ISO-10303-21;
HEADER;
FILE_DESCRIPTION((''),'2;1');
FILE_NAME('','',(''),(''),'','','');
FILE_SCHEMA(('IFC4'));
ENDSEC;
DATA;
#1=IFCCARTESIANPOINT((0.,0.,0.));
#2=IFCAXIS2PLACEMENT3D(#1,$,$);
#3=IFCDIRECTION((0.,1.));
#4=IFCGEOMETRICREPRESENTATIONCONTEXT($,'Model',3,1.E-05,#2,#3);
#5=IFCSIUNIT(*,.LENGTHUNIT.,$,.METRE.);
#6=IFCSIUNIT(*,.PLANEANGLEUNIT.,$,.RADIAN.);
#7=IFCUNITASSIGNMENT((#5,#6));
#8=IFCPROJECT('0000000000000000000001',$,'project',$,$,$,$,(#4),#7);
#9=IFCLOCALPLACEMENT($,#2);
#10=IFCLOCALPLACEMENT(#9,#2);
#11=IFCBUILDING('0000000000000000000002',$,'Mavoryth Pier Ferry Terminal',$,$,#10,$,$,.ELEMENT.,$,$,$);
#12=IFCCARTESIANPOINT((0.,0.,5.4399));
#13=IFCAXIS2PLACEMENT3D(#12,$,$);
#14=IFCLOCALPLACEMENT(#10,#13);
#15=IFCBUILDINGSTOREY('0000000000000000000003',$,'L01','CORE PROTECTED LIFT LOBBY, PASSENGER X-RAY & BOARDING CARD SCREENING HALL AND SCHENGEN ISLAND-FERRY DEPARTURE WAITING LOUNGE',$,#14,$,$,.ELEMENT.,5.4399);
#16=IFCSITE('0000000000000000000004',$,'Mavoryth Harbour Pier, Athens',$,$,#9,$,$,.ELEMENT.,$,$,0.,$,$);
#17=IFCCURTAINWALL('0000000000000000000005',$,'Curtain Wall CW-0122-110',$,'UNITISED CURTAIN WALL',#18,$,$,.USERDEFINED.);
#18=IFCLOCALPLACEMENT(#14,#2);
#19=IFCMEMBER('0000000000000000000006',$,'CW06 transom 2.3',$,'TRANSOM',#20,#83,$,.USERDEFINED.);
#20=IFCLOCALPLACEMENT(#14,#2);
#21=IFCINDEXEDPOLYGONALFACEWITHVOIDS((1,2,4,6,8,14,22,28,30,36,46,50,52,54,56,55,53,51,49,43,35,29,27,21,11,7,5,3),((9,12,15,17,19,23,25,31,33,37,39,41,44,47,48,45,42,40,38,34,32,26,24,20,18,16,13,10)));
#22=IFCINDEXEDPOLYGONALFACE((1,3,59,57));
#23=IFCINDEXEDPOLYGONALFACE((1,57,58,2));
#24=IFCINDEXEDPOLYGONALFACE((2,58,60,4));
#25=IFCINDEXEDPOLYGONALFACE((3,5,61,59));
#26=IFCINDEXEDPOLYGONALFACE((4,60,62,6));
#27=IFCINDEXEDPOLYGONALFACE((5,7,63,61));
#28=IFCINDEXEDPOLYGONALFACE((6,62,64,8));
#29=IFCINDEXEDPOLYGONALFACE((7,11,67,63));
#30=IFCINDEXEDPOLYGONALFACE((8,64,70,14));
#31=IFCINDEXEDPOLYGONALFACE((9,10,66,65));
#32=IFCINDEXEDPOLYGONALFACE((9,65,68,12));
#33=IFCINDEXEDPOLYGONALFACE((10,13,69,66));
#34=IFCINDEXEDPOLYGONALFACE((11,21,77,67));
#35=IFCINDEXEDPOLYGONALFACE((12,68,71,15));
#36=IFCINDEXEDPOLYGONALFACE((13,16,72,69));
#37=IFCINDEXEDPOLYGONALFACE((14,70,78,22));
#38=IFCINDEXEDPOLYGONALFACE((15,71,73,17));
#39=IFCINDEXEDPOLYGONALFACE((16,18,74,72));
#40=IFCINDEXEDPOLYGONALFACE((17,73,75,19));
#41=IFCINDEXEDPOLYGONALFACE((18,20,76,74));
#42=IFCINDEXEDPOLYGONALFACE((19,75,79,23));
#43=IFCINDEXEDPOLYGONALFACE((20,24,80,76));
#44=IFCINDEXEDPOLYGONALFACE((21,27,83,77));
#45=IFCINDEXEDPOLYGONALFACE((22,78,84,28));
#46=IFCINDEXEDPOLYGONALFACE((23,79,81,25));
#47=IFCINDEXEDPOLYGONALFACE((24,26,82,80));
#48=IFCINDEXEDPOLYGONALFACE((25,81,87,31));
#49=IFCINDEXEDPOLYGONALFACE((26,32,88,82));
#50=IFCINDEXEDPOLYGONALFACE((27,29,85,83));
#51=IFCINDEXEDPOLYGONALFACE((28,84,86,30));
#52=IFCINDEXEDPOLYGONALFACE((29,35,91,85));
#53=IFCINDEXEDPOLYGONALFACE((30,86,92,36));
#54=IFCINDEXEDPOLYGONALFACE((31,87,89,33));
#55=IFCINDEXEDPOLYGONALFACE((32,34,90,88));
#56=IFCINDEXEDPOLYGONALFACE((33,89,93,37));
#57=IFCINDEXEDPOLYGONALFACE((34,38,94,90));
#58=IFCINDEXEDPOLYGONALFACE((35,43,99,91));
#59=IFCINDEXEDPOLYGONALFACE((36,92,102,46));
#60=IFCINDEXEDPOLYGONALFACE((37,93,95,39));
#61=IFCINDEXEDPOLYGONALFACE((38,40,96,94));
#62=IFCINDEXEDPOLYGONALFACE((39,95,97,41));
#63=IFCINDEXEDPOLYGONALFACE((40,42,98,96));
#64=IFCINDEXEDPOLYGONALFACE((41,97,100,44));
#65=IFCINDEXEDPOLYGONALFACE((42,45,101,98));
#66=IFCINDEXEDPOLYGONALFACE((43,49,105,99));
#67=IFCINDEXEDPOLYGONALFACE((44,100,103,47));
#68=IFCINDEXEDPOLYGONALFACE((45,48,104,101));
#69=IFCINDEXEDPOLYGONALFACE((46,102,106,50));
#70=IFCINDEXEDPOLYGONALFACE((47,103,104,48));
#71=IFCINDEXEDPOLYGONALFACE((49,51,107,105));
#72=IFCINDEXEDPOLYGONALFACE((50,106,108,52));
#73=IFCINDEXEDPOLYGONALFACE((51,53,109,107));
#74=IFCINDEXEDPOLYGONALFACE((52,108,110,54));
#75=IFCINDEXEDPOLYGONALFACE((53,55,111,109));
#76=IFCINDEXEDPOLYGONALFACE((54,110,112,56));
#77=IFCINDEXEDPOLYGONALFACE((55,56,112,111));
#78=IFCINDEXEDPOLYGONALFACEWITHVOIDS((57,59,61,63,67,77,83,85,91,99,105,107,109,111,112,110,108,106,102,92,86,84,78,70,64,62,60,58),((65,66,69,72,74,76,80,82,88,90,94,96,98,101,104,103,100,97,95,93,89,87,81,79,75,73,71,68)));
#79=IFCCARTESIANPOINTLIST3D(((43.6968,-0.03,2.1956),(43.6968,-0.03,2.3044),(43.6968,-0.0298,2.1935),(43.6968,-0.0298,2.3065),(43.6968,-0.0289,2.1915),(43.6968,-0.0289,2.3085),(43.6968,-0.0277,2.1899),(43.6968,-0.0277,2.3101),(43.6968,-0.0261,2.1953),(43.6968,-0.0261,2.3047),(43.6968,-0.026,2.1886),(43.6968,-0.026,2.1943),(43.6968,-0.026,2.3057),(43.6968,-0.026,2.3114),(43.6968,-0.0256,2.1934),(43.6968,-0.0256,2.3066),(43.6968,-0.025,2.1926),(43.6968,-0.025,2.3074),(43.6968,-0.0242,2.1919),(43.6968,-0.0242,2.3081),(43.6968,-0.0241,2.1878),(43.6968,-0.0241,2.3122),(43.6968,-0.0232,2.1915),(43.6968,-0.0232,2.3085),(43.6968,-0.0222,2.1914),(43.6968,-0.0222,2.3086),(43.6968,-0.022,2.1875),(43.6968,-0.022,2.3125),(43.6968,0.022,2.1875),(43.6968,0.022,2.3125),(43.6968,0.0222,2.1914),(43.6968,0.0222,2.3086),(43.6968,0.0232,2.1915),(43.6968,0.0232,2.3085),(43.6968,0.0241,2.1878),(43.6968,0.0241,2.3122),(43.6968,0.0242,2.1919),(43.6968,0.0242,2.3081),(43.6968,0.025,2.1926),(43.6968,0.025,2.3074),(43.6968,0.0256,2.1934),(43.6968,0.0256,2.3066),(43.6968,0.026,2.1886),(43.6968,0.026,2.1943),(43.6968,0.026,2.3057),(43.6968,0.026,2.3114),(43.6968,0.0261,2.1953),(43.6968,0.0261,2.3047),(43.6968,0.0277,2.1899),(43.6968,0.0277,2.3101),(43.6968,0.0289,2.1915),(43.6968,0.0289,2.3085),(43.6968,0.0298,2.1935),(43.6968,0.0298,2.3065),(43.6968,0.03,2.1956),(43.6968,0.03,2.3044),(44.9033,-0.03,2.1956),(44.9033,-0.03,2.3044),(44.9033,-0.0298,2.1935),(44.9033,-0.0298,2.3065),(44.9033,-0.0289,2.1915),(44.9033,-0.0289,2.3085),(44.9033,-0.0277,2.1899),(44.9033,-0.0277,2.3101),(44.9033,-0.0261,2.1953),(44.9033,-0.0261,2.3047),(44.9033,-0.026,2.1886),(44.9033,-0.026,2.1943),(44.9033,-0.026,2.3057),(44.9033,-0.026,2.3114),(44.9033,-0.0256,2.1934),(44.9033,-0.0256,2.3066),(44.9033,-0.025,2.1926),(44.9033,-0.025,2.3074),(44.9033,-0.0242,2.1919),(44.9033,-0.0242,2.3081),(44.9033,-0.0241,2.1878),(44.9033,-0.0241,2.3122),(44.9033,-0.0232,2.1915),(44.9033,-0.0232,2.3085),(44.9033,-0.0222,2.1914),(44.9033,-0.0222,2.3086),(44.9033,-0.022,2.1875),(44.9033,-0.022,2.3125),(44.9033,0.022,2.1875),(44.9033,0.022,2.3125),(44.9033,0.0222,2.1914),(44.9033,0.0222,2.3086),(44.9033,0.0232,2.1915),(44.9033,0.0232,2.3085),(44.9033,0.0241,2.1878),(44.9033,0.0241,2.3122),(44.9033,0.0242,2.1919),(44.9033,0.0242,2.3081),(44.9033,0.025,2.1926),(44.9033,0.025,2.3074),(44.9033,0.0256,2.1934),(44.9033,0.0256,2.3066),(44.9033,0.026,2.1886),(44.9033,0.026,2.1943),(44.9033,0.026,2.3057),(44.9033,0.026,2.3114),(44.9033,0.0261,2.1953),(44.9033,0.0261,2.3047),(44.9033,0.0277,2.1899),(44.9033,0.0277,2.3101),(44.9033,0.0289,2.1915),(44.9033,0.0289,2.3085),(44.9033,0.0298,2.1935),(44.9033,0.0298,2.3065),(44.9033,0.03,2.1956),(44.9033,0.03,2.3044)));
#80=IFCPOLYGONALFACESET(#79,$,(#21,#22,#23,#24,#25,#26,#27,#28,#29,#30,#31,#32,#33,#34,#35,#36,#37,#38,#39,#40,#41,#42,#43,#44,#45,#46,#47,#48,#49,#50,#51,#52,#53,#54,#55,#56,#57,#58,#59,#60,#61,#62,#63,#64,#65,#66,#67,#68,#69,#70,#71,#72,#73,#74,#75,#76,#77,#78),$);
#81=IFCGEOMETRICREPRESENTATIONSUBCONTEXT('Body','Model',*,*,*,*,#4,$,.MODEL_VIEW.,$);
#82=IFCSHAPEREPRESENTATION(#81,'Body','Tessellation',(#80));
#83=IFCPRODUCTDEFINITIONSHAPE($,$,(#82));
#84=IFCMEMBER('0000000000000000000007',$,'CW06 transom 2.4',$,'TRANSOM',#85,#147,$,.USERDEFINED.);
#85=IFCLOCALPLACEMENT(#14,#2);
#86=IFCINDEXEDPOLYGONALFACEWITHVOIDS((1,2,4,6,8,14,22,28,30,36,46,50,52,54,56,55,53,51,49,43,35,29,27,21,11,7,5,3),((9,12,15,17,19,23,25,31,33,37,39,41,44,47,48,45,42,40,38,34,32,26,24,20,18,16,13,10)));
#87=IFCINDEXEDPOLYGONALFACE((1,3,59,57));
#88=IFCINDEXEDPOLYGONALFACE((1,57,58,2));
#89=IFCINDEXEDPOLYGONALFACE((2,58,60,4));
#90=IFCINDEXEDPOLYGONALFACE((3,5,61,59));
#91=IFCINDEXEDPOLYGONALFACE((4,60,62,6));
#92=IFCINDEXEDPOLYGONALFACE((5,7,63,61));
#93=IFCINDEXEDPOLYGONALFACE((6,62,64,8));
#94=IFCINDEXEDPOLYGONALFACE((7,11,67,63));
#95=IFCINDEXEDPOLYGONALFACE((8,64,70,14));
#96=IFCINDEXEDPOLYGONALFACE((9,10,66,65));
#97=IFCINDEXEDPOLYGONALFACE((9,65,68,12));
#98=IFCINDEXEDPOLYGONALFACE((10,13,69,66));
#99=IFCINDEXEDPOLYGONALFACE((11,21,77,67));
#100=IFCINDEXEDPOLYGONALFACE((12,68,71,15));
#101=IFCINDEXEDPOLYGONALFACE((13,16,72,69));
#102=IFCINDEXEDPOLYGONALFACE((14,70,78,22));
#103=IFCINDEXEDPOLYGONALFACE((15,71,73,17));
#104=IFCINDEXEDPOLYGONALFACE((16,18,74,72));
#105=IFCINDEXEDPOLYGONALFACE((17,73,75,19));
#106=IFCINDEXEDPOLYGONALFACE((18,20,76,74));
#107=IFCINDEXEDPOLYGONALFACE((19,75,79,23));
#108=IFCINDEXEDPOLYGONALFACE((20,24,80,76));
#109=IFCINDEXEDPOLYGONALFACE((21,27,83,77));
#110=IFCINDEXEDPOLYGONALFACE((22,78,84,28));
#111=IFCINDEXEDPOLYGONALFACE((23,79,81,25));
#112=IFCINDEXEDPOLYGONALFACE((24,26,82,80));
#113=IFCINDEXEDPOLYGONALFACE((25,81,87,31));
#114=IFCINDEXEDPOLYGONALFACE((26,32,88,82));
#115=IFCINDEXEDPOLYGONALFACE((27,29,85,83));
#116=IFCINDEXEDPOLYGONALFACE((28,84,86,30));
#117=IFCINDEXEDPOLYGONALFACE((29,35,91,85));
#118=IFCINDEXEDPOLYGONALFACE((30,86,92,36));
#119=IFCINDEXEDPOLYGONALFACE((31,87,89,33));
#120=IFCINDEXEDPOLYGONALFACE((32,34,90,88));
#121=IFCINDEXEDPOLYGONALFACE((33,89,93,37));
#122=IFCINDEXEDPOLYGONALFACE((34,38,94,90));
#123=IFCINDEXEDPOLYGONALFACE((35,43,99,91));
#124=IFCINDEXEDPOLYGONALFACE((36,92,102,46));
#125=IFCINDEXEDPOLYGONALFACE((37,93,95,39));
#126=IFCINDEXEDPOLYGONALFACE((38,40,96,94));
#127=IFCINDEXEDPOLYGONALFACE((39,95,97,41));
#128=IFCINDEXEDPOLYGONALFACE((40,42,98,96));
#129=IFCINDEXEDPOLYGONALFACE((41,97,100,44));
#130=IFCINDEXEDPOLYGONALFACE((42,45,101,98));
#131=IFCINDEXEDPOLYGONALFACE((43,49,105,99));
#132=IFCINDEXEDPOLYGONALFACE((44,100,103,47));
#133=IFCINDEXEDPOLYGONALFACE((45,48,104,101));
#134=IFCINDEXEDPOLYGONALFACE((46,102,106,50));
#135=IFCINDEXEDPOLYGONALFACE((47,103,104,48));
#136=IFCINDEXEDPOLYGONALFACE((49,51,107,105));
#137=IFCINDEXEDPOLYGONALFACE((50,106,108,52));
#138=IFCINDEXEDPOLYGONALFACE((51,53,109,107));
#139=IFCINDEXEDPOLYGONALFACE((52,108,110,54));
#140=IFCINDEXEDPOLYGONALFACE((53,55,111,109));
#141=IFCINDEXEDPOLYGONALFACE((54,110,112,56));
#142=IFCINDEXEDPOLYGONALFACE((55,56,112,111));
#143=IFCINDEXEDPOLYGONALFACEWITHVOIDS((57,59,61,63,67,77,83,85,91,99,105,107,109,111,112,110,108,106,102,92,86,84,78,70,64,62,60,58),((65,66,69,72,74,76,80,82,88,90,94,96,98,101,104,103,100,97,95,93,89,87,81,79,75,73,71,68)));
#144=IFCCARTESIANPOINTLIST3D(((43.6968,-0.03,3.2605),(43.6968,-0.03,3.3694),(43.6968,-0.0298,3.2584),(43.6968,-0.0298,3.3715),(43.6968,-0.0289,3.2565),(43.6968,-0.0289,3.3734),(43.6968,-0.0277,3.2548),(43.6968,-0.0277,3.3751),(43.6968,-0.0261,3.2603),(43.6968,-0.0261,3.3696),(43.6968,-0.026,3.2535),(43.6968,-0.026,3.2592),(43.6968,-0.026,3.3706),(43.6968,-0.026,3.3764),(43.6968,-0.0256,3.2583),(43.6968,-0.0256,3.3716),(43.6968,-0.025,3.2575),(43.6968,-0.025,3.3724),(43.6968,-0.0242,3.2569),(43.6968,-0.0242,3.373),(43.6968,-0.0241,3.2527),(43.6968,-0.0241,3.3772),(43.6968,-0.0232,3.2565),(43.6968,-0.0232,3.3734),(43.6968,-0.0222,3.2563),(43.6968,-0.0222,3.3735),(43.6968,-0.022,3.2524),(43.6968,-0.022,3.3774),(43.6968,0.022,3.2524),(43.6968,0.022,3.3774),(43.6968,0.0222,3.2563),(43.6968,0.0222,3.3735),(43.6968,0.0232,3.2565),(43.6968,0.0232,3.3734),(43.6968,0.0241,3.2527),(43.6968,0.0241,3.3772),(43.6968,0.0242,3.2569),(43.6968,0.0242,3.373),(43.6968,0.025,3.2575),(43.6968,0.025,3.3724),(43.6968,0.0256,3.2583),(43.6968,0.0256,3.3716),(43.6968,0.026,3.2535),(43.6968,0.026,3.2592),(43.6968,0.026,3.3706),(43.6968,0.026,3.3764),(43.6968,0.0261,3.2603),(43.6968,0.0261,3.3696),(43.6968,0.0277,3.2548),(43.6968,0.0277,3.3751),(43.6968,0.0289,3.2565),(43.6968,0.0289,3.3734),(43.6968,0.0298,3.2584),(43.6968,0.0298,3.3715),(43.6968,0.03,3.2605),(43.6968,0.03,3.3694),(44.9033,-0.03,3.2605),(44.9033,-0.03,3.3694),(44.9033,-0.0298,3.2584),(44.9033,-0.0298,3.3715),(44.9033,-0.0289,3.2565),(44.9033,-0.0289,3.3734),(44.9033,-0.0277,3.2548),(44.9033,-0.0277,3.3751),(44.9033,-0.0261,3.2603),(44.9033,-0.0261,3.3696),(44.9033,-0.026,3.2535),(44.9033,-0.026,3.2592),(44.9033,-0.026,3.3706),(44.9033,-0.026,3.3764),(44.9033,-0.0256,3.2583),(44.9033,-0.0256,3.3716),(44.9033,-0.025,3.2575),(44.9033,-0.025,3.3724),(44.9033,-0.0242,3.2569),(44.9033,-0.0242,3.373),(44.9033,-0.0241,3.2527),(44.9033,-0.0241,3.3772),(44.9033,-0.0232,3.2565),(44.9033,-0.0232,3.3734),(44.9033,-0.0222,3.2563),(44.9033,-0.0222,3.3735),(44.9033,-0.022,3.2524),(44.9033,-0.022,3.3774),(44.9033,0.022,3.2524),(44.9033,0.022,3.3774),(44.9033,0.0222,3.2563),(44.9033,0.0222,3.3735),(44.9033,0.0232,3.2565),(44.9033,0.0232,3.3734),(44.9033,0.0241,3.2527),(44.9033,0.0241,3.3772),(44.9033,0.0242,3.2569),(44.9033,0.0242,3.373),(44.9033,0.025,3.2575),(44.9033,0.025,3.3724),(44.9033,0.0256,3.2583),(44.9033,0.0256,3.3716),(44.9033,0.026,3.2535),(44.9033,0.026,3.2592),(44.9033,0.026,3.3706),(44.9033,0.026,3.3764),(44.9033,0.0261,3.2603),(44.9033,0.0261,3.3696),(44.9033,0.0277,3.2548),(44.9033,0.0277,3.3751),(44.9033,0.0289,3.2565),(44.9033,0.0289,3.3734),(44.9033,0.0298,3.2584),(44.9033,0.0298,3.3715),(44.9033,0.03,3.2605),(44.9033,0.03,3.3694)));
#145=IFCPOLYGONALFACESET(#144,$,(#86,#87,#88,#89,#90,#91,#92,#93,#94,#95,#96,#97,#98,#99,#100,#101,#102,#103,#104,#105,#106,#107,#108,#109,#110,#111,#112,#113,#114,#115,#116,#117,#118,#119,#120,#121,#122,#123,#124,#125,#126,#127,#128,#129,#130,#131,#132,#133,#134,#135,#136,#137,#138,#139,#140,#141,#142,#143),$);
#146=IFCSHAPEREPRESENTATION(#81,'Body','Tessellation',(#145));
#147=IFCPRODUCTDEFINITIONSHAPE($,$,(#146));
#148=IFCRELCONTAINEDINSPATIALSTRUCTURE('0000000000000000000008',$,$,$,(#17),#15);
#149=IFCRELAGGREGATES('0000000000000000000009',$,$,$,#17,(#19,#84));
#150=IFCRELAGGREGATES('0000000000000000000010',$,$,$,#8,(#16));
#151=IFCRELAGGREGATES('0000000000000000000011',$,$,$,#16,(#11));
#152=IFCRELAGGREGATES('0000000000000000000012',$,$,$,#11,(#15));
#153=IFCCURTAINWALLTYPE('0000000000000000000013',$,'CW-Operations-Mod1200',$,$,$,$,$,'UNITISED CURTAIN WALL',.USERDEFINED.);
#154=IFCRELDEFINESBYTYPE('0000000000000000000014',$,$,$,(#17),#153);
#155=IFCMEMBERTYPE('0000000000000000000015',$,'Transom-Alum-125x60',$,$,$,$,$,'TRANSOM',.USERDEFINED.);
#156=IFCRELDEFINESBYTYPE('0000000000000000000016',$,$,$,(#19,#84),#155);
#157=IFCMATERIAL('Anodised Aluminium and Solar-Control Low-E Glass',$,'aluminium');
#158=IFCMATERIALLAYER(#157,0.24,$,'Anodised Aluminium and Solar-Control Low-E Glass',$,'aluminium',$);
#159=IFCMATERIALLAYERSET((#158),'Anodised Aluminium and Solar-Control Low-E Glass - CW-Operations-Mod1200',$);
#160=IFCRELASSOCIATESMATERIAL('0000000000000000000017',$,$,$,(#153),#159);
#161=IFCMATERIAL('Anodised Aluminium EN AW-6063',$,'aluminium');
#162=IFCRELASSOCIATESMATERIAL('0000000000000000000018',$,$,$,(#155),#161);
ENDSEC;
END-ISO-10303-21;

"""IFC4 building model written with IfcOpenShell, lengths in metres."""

from ifc_helpers import new_model, si_unit, direction, frame, origin, origin_2d, place, context, subcontext, project, spatial, hollow_rectangle, extrude, material, layer, layer_set, material_profile, profile_set, type_object, element, aggregate, save


model = new_model("IFC4")

# Units and contexts
model_context = context("Model", 3, precision=1e-05, world=origin(), true_north=direction((0.0, 1.0)))
body_context = subcontext(model_context, "Body", "Model", "MODEL_VIEW")
ifc_project = project(units=[si_unit("LENGTHUNIT", "METRE"), si_unit("PLANEANGLEUNIT", "RADIAN")], contexts=[model_context])

# Site, building, storey
site_placement = place(None, origin())
site = spatial("IfcSite", under=ifc_project, at=site_placement, Name="Mavoryth Harbour Pier, Athens", CompositionType="ELEMENT", RefElevation=0.0)
building_placement = place(site_placement, origin())
building = spatial("IfcBuilding", under=site, at=building_placement, Name="Mavoryth Pier Ferry Terminal", CompositionType="ELEMENT")
storey_placement = place(building_placement, frame((0.0, 0.0, 5.4399)))
storey = spatial("IfcBuildingStorey", under=building, at=storey_placement, Name="L01", Description="CORE PROTECTED LIFT LOBBY, PASSENGER X-RAY & BOARDING CARD SCREENING HALL AND SCHENGEN ISLAND-FERRY DEPARTURE WAITING LOUNGE", CompositionType="ELEMENT", Elevation=5.4399)

# Curtain wall
ifc_material_1 = material(Name="Anodised Aluminium and Solar-Control Low-E Glass", Category="aluminium")
ifc_layer_1 = layer(ifc_material_1, 0.24, Name="Anodised Aluminium and Solar-Control Low-E Glass", Category="aluminium")
ifc_layer_set_1 = layer_set([ifc_layer_1], Name="Anodised Aluminium and Solar-Control Low-E Glass - CW-Operations-Mod1200")
curtain_wall_type = type_object("IfcCurtainWallType", Name="CW-Operations-Mod1200", ElementType="UNITISED CURTAIN WALL", PredefinedType="USERDEFINED", material=ifc_layer_set_1)
curtain_wall_placement = place(storey_placement, origin())
curtain_wall = element("IfcCurtainWall", 1, at=curtain_wall_placement, inside=storey, type_object=curtain_wall_type, Name="Curtain Wall CW-0122-110", ObjectType="UNITISED CURTAIN WALL", PredefinedType="USERDEFINED")
ifc_material_2 = material(Name="Anodised Aluminium EN AW-6063", Category="aluminium")

# Members
ifc_material_profile_1 = material_profile(ifc_material_2, hollow_rectangle(XDim=0.0601, YDim=0.125, WallThickness=0.0039, InnerFilletRadius=0.0039, OuterFilletRadius=0.0081, at=origin_2d()), Name="AL-TRAN 125x60x4", Category="aluminium")
ifc_profile_set_1 = profile_set([ifc_material_profile_1], Name="Anodised Aluminium EN AW-6063 - AL-TRAN 125x60x4")
member_type_1 = type_object("IfcMemberType", Name="Transom-Alum-125x60", ElementType="TRANSOM", PredefinedType="USERDEFINED", material=ifc_profile_set_1)
member_1_placement = place(storey_placement, frame((43.6968, 0.0, 2.25), z_axis=(1.0, 0.0, 0.0), x_axis=(0.0, 1.0, 0.0)))
member_1 = element("IfcMember", 2, at=member_1_placement, type_object=member_type_1, Name="CW06 transom 2.3", ObjectType="TRANSOM", PredefinedType="USERDEFINED", context=body_context, shape_type="SweptSolid", body=[
    extrude(hollow_rectangle(XDim=0.0601, YDim=0.125, WallThickness=0.0039, InnerFilletRadius=0.0039, OuterFilletRadius=0.0081, at=origin_2d()), origin(), (0.0, 0.0, 1.0), 1.2065),
])
member_2_placement = place(storey_placement, frame((43.6968, 0.0, 3.3149), z_axis=(1.0, 0.0, 0.0), x_axis=(0.0, 1.0, 0.0)))
member_2 = element("IfcMember", 3, at=member_2_placement, type_object=member_type_1, Name="CW06 transom 2.4", ObjectType="TRANSOM", PredefinedType="USERDEFINED", context=body_context, shape_type="SweptSolid", body=[
    extrude(hollow_rectangle(XDim=0.0601, YDim=0.125, WallThickness=0.0039, InnerFilletRadius=0.0039, OuterFilletRadius=0.0081, at=origin_2d()), origin(), (0.0, 0.0, 1.0), 1.2065),
])

aggregate(curtain_wall, [member_1, member_2])

save(model, "model.ifc")
